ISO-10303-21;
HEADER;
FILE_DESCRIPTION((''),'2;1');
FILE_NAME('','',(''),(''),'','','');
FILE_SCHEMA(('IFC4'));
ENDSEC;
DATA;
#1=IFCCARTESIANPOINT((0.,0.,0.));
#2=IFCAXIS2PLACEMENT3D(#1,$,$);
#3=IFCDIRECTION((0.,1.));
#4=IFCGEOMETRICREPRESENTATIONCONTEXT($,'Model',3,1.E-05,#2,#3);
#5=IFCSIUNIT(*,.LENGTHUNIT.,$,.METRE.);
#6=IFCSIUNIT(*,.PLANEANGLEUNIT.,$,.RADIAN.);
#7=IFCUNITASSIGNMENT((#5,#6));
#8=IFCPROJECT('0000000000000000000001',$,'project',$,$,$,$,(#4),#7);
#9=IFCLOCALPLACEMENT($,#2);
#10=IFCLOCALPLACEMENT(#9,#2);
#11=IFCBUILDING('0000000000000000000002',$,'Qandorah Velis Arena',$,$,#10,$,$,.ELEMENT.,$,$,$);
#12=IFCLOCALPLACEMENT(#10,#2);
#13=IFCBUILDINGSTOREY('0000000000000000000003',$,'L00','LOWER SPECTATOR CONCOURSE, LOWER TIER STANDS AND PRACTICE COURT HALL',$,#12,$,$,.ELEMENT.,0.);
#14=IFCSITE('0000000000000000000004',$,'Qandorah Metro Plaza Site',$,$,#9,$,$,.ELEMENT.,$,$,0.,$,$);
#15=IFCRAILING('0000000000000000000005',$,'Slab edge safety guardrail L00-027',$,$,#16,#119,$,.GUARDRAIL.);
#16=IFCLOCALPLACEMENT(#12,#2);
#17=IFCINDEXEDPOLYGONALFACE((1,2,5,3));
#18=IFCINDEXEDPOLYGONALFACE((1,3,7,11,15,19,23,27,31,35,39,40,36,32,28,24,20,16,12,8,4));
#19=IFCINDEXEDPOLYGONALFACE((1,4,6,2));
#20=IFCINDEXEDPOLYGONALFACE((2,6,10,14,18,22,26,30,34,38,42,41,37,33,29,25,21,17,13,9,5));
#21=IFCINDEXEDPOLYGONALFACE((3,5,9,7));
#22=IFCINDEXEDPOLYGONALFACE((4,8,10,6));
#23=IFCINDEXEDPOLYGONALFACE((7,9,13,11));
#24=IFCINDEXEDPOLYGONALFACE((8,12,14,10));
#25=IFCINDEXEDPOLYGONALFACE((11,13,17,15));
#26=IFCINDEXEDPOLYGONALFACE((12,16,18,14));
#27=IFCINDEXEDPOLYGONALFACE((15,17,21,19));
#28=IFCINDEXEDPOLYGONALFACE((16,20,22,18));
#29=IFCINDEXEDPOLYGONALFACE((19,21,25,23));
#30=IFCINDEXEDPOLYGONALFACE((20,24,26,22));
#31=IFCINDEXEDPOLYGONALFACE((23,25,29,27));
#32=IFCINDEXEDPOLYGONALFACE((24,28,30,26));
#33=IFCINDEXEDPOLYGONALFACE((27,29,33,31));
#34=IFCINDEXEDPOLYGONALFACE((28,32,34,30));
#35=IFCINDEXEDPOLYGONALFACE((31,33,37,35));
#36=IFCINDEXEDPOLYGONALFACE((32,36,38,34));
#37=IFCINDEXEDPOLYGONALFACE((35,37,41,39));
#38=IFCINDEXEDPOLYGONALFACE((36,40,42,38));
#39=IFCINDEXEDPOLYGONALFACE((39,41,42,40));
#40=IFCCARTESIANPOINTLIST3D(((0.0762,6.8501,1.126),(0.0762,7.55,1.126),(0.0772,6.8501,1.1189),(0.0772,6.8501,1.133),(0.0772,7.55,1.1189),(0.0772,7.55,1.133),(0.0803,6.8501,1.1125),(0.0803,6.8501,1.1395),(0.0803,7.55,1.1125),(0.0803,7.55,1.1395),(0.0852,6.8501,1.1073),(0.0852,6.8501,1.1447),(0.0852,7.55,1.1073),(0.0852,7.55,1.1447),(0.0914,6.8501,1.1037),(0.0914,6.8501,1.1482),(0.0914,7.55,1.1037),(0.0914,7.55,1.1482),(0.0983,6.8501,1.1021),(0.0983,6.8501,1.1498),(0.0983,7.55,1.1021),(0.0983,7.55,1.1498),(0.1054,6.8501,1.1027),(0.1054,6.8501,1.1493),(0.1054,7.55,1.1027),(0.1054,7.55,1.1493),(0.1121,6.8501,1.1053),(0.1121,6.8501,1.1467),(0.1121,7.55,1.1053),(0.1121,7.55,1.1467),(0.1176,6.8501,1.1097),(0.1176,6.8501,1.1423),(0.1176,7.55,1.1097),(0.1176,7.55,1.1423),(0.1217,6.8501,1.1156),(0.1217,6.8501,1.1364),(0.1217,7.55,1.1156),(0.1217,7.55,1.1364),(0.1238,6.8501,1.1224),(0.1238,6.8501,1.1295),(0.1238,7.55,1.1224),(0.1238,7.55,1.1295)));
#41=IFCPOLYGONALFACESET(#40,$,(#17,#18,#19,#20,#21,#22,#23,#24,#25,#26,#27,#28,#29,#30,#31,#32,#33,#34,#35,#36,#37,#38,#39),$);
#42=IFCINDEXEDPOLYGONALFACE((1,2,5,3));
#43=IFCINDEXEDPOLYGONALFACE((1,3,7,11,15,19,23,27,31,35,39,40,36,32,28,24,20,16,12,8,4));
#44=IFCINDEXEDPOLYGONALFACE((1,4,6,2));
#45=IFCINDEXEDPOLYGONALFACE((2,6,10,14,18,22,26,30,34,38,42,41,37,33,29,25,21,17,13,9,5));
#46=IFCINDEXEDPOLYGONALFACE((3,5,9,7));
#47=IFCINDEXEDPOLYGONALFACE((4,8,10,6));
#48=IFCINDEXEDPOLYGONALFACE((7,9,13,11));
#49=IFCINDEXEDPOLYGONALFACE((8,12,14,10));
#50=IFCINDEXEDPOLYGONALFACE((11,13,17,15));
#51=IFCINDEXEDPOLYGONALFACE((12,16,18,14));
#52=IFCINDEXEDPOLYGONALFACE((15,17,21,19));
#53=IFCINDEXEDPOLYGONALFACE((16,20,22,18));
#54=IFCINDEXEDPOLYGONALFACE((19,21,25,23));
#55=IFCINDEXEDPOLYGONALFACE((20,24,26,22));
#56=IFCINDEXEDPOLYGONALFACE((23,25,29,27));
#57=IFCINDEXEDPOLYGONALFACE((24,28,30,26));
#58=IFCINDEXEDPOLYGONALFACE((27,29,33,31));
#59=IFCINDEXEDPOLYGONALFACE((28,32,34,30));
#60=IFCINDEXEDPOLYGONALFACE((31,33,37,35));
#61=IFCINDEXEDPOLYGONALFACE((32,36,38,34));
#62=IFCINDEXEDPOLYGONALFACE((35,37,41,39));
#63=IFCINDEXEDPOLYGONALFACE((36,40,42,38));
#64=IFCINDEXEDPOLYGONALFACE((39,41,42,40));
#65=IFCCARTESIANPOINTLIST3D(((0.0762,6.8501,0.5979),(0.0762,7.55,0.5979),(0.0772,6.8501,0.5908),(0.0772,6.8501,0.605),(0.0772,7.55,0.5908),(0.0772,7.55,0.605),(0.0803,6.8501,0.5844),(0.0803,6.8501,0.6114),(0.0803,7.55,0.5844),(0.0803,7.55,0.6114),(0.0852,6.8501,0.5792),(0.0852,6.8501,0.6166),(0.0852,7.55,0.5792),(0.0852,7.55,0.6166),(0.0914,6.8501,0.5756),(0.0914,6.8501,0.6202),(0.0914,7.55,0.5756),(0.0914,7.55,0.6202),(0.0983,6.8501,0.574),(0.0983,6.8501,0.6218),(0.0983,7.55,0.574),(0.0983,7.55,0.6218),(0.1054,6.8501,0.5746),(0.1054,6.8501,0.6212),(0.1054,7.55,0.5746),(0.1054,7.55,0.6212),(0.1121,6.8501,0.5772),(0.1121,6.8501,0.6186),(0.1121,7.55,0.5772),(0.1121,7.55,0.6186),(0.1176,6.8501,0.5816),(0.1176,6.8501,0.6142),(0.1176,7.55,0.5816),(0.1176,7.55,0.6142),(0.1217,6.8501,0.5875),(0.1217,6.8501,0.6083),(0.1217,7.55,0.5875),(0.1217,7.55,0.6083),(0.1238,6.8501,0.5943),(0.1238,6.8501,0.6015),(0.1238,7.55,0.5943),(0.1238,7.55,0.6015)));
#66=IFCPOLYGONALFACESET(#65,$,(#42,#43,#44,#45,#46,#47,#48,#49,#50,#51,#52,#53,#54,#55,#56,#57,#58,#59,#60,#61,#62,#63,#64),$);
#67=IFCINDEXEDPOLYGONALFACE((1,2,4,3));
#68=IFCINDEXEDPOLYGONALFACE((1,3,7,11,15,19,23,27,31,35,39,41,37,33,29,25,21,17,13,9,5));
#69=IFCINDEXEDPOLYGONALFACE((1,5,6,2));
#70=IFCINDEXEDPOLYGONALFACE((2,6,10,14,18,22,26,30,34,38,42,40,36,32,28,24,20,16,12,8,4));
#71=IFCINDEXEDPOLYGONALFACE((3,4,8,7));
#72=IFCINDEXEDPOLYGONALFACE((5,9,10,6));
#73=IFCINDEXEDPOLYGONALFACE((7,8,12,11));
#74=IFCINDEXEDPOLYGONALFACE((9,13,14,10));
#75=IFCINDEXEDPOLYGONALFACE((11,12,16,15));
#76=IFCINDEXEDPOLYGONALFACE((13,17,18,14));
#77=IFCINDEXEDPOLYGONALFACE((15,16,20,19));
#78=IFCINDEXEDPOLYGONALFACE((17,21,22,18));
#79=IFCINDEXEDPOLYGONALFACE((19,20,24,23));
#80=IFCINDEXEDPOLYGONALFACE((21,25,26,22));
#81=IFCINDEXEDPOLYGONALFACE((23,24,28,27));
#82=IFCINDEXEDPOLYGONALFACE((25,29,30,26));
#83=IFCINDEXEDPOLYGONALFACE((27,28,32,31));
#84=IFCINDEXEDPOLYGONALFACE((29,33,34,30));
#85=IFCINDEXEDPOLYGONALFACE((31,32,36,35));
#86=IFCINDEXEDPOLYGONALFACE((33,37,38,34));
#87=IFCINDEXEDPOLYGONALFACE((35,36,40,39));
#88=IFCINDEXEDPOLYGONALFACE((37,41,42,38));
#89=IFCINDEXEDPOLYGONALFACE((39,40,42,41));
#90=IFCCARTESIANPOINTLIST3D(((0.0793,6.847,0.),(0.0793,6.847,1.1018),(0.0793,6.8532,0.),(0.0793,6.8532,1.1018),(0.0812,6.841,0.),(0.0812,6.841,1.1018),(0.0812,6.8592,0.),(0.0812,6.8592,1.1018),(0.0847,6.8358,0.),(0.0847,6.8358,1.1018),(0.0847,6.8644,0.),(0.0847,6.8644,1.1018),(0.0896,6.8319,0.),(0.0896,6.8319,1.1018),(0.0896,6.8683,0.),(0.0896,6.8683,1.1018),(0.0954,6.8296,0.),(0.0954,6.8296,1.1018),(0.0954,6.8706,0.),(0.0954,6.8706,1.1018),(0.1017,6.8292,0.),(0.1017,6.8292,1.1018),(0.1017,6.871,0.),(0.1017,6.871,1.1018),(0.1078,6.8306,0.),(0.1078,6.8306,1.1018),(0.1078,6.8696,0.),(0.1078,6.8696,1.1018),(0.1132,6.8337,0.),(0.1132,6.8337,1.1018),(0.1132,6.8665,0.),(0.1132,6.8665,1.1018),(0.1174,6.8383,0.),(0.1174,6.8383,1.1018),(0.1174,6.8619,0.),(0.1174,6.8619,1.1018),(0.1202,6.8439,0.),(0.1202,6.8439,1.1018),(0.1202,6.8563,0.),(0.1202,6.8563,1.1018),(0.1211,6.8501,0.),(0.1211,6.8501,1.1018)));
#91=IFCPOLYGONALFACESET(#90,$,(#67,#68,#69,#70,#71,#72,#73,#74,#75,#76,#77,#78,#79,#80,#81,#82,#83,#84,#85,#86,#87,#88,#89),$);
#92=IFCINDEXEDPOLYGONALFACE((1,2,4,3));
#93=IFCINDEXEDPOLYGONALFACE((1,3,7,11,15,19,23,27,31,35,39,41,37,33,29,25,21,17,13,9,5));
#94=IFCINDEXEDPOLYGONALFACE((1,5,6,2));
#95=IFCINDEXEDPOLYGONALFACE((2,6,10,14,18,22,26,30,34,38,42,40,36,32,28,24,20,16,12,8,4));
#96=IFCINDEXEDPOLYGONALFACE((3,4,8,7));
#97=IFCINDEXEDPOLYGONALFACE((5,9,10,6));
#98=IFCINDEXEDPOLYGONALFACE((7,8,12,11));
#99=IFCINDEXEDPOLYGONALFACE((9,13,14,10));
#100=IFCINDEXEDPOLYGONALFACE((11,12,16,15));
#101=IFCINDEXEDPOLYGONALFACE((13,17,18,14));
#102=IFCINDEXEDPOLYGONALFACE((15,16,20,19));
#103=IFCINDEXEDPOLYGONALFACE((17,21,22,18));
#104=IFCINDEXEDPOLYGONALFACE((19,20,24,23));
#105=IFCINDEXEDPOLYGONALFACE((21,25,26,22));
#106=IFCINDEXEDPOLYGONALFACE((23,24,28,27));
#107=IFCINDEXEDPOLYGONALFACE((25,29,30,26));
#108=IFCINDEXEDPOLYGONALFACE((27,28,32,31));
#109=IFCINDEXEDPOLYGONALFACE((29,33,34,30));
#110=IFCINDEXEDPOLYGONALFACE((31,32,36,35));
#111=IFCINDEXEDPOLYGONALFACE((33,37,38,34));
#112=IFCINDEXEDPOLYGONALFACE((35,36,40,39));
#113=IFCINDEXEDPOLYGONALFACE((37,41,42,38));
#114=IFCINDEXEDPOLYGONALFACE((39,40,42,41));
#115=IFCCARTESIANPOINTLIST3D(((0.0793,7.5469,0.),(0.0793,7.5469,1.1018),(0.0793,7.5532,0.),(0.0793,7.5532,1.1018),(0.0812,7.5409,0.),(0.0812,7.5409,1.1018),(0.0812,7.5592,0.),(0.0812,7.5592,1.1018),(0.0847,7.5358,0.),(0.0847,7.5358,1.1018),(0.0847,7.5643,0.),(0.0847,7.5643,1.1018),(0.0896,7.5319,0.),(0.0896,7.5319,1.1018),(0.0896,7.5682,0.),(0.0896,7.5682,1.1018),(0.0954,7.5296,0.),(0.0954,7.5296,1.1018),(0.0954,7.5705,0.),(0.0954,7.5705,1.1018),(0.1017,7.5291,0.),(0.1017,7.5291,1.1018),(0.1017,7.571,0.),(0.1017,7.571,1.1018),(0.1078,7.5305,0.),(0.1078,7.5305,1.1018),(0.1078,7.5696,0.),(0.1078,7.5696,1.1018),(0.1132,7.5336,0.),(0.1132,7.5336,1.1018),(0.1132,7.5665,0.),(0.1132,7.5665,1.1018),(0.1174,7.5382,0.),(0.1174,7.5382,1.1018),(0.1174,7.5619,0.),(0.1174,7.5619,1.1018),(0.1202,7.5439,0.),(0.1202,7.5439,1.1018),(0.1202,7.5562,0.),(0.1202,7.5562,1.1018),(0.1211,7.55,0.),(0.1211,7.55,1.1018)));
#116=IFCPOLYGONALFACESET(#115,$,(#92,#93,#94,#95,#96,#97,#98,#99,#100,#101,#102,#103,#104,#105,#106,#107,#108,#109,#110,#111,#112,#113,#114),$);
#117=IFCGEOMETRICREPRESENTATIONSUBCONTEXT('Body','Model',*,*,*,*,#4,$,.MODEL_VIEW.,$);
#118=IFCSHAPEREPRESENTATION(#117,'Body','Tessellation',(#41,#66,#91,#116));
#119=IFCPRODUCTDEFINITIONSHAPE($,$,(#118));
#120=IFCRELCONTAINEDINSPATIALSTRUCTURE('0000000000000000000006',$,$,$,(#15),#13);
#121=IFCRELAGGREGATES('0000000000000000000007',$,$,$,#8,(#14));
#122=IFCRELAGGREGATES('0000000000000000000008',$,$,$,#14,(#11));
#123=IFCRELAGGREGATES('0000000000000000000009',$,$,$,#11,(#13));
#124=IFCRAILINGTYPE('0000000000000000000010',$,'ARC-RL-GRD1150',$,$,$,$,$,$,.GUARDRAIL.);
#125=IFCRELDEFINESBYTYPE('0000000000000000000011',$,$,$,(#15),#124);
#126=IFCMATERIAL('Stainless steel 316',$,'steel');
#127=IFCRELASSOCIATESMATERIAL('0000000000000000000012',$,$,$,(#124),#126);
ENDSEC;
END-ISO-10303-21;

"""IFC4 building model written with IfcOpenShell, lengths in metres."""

from ifc_helpers import new_model, si_unit, direction, frame, origin, origin_2d, place, context, subcontext, project, spatial, circle, extrude, material, type_object, element, save


model = new_model("IFC4")

# Units and contexts
model_context = context("Model", 3, precision=1e-05, world=origin(), true_north=direction((0.0, 1.0)))
body_context = subcontext(model_context, "Body", "Model", "MODEL_VIEW")
ifc_project = project(units=[si_unit("LENGTHUNIT", "METRE"), si_unit("PLANEANGLEUNIT", "RADIAN")], contexts=[model_context])

# Site, building, storey
site_placement = place(None, origin())
site = spatial("IfcSite", under=ifc_project, at=site_placement, Name="Qandorah Metro Plaza Site", CompositionType="ELEMENT", RefElevation=0.0)
building_placement = place(site_placement, origin())
building = spatial("IfcBuilding", under=site, at=building_placement, Name="Qandorah Velis Arena", CompositionType="ELEMENT")
storey_placement = place(building_placement, origin())
storey = spatial("IfcBuildingStorey", under=building, at=storey_placement, Name="L00", Description="LOWER SPECTATOR CONCOURSE, LOWER TIER STANDS AND PRACTICE COURT HALL", CompositionType="ELEMENT", Elevation=0.0)

# Railing
ifc_material_1 = material(Name="Stainless steel 316", Category="steel")
railing_type = type_object("IfcRailingType", Name="ARC-RL-GRD1150", PredefinedType="GUARDRAIL", material=ifc_material_1)
railing_1_placement = place(storey_placement, frame((0.1001, 6.8501, 0.0)))
element("IfcRailing", 1, at=railing_1_placement, inside=storey, type_object=railing_type, Name="Slab edge safety guardrail L00-027", PredefinedType="GUARDRAIL", context=body_context, shape_type="SweptSolid", body=[
    extrude(circle(Radius=0.0239, at=origin_2d()), frame((0.0, 0.0, 1.126), z_axis=(0.0, 1.0, 0.0), x_axis=(-1.0, 0.0, 0.0)), (0.0, 0.0, 1.0), 0.7),
    extrude(circle(Radius=0.0239, at=origin_2d()), frame((0.0, 0.0, 0.5979), z_axis=(0.0, 1.0, 0.0), x_axis=(-1.0, 0.0, 0.0)), (0.0, 0.0, 1.0), 0.7),
    extrude(circle(Radius=0.021, at=origin_2d()), origin(), (0.0, 0.0, 1.0), 1.1018),
    extrude(circle(Radius=0.021, at=origin_2d()), frame((0.0, 0.7, 0.0)), (0.0, 0.0, 1.0), 1.1018),
])

save(model, "model.ifc")
